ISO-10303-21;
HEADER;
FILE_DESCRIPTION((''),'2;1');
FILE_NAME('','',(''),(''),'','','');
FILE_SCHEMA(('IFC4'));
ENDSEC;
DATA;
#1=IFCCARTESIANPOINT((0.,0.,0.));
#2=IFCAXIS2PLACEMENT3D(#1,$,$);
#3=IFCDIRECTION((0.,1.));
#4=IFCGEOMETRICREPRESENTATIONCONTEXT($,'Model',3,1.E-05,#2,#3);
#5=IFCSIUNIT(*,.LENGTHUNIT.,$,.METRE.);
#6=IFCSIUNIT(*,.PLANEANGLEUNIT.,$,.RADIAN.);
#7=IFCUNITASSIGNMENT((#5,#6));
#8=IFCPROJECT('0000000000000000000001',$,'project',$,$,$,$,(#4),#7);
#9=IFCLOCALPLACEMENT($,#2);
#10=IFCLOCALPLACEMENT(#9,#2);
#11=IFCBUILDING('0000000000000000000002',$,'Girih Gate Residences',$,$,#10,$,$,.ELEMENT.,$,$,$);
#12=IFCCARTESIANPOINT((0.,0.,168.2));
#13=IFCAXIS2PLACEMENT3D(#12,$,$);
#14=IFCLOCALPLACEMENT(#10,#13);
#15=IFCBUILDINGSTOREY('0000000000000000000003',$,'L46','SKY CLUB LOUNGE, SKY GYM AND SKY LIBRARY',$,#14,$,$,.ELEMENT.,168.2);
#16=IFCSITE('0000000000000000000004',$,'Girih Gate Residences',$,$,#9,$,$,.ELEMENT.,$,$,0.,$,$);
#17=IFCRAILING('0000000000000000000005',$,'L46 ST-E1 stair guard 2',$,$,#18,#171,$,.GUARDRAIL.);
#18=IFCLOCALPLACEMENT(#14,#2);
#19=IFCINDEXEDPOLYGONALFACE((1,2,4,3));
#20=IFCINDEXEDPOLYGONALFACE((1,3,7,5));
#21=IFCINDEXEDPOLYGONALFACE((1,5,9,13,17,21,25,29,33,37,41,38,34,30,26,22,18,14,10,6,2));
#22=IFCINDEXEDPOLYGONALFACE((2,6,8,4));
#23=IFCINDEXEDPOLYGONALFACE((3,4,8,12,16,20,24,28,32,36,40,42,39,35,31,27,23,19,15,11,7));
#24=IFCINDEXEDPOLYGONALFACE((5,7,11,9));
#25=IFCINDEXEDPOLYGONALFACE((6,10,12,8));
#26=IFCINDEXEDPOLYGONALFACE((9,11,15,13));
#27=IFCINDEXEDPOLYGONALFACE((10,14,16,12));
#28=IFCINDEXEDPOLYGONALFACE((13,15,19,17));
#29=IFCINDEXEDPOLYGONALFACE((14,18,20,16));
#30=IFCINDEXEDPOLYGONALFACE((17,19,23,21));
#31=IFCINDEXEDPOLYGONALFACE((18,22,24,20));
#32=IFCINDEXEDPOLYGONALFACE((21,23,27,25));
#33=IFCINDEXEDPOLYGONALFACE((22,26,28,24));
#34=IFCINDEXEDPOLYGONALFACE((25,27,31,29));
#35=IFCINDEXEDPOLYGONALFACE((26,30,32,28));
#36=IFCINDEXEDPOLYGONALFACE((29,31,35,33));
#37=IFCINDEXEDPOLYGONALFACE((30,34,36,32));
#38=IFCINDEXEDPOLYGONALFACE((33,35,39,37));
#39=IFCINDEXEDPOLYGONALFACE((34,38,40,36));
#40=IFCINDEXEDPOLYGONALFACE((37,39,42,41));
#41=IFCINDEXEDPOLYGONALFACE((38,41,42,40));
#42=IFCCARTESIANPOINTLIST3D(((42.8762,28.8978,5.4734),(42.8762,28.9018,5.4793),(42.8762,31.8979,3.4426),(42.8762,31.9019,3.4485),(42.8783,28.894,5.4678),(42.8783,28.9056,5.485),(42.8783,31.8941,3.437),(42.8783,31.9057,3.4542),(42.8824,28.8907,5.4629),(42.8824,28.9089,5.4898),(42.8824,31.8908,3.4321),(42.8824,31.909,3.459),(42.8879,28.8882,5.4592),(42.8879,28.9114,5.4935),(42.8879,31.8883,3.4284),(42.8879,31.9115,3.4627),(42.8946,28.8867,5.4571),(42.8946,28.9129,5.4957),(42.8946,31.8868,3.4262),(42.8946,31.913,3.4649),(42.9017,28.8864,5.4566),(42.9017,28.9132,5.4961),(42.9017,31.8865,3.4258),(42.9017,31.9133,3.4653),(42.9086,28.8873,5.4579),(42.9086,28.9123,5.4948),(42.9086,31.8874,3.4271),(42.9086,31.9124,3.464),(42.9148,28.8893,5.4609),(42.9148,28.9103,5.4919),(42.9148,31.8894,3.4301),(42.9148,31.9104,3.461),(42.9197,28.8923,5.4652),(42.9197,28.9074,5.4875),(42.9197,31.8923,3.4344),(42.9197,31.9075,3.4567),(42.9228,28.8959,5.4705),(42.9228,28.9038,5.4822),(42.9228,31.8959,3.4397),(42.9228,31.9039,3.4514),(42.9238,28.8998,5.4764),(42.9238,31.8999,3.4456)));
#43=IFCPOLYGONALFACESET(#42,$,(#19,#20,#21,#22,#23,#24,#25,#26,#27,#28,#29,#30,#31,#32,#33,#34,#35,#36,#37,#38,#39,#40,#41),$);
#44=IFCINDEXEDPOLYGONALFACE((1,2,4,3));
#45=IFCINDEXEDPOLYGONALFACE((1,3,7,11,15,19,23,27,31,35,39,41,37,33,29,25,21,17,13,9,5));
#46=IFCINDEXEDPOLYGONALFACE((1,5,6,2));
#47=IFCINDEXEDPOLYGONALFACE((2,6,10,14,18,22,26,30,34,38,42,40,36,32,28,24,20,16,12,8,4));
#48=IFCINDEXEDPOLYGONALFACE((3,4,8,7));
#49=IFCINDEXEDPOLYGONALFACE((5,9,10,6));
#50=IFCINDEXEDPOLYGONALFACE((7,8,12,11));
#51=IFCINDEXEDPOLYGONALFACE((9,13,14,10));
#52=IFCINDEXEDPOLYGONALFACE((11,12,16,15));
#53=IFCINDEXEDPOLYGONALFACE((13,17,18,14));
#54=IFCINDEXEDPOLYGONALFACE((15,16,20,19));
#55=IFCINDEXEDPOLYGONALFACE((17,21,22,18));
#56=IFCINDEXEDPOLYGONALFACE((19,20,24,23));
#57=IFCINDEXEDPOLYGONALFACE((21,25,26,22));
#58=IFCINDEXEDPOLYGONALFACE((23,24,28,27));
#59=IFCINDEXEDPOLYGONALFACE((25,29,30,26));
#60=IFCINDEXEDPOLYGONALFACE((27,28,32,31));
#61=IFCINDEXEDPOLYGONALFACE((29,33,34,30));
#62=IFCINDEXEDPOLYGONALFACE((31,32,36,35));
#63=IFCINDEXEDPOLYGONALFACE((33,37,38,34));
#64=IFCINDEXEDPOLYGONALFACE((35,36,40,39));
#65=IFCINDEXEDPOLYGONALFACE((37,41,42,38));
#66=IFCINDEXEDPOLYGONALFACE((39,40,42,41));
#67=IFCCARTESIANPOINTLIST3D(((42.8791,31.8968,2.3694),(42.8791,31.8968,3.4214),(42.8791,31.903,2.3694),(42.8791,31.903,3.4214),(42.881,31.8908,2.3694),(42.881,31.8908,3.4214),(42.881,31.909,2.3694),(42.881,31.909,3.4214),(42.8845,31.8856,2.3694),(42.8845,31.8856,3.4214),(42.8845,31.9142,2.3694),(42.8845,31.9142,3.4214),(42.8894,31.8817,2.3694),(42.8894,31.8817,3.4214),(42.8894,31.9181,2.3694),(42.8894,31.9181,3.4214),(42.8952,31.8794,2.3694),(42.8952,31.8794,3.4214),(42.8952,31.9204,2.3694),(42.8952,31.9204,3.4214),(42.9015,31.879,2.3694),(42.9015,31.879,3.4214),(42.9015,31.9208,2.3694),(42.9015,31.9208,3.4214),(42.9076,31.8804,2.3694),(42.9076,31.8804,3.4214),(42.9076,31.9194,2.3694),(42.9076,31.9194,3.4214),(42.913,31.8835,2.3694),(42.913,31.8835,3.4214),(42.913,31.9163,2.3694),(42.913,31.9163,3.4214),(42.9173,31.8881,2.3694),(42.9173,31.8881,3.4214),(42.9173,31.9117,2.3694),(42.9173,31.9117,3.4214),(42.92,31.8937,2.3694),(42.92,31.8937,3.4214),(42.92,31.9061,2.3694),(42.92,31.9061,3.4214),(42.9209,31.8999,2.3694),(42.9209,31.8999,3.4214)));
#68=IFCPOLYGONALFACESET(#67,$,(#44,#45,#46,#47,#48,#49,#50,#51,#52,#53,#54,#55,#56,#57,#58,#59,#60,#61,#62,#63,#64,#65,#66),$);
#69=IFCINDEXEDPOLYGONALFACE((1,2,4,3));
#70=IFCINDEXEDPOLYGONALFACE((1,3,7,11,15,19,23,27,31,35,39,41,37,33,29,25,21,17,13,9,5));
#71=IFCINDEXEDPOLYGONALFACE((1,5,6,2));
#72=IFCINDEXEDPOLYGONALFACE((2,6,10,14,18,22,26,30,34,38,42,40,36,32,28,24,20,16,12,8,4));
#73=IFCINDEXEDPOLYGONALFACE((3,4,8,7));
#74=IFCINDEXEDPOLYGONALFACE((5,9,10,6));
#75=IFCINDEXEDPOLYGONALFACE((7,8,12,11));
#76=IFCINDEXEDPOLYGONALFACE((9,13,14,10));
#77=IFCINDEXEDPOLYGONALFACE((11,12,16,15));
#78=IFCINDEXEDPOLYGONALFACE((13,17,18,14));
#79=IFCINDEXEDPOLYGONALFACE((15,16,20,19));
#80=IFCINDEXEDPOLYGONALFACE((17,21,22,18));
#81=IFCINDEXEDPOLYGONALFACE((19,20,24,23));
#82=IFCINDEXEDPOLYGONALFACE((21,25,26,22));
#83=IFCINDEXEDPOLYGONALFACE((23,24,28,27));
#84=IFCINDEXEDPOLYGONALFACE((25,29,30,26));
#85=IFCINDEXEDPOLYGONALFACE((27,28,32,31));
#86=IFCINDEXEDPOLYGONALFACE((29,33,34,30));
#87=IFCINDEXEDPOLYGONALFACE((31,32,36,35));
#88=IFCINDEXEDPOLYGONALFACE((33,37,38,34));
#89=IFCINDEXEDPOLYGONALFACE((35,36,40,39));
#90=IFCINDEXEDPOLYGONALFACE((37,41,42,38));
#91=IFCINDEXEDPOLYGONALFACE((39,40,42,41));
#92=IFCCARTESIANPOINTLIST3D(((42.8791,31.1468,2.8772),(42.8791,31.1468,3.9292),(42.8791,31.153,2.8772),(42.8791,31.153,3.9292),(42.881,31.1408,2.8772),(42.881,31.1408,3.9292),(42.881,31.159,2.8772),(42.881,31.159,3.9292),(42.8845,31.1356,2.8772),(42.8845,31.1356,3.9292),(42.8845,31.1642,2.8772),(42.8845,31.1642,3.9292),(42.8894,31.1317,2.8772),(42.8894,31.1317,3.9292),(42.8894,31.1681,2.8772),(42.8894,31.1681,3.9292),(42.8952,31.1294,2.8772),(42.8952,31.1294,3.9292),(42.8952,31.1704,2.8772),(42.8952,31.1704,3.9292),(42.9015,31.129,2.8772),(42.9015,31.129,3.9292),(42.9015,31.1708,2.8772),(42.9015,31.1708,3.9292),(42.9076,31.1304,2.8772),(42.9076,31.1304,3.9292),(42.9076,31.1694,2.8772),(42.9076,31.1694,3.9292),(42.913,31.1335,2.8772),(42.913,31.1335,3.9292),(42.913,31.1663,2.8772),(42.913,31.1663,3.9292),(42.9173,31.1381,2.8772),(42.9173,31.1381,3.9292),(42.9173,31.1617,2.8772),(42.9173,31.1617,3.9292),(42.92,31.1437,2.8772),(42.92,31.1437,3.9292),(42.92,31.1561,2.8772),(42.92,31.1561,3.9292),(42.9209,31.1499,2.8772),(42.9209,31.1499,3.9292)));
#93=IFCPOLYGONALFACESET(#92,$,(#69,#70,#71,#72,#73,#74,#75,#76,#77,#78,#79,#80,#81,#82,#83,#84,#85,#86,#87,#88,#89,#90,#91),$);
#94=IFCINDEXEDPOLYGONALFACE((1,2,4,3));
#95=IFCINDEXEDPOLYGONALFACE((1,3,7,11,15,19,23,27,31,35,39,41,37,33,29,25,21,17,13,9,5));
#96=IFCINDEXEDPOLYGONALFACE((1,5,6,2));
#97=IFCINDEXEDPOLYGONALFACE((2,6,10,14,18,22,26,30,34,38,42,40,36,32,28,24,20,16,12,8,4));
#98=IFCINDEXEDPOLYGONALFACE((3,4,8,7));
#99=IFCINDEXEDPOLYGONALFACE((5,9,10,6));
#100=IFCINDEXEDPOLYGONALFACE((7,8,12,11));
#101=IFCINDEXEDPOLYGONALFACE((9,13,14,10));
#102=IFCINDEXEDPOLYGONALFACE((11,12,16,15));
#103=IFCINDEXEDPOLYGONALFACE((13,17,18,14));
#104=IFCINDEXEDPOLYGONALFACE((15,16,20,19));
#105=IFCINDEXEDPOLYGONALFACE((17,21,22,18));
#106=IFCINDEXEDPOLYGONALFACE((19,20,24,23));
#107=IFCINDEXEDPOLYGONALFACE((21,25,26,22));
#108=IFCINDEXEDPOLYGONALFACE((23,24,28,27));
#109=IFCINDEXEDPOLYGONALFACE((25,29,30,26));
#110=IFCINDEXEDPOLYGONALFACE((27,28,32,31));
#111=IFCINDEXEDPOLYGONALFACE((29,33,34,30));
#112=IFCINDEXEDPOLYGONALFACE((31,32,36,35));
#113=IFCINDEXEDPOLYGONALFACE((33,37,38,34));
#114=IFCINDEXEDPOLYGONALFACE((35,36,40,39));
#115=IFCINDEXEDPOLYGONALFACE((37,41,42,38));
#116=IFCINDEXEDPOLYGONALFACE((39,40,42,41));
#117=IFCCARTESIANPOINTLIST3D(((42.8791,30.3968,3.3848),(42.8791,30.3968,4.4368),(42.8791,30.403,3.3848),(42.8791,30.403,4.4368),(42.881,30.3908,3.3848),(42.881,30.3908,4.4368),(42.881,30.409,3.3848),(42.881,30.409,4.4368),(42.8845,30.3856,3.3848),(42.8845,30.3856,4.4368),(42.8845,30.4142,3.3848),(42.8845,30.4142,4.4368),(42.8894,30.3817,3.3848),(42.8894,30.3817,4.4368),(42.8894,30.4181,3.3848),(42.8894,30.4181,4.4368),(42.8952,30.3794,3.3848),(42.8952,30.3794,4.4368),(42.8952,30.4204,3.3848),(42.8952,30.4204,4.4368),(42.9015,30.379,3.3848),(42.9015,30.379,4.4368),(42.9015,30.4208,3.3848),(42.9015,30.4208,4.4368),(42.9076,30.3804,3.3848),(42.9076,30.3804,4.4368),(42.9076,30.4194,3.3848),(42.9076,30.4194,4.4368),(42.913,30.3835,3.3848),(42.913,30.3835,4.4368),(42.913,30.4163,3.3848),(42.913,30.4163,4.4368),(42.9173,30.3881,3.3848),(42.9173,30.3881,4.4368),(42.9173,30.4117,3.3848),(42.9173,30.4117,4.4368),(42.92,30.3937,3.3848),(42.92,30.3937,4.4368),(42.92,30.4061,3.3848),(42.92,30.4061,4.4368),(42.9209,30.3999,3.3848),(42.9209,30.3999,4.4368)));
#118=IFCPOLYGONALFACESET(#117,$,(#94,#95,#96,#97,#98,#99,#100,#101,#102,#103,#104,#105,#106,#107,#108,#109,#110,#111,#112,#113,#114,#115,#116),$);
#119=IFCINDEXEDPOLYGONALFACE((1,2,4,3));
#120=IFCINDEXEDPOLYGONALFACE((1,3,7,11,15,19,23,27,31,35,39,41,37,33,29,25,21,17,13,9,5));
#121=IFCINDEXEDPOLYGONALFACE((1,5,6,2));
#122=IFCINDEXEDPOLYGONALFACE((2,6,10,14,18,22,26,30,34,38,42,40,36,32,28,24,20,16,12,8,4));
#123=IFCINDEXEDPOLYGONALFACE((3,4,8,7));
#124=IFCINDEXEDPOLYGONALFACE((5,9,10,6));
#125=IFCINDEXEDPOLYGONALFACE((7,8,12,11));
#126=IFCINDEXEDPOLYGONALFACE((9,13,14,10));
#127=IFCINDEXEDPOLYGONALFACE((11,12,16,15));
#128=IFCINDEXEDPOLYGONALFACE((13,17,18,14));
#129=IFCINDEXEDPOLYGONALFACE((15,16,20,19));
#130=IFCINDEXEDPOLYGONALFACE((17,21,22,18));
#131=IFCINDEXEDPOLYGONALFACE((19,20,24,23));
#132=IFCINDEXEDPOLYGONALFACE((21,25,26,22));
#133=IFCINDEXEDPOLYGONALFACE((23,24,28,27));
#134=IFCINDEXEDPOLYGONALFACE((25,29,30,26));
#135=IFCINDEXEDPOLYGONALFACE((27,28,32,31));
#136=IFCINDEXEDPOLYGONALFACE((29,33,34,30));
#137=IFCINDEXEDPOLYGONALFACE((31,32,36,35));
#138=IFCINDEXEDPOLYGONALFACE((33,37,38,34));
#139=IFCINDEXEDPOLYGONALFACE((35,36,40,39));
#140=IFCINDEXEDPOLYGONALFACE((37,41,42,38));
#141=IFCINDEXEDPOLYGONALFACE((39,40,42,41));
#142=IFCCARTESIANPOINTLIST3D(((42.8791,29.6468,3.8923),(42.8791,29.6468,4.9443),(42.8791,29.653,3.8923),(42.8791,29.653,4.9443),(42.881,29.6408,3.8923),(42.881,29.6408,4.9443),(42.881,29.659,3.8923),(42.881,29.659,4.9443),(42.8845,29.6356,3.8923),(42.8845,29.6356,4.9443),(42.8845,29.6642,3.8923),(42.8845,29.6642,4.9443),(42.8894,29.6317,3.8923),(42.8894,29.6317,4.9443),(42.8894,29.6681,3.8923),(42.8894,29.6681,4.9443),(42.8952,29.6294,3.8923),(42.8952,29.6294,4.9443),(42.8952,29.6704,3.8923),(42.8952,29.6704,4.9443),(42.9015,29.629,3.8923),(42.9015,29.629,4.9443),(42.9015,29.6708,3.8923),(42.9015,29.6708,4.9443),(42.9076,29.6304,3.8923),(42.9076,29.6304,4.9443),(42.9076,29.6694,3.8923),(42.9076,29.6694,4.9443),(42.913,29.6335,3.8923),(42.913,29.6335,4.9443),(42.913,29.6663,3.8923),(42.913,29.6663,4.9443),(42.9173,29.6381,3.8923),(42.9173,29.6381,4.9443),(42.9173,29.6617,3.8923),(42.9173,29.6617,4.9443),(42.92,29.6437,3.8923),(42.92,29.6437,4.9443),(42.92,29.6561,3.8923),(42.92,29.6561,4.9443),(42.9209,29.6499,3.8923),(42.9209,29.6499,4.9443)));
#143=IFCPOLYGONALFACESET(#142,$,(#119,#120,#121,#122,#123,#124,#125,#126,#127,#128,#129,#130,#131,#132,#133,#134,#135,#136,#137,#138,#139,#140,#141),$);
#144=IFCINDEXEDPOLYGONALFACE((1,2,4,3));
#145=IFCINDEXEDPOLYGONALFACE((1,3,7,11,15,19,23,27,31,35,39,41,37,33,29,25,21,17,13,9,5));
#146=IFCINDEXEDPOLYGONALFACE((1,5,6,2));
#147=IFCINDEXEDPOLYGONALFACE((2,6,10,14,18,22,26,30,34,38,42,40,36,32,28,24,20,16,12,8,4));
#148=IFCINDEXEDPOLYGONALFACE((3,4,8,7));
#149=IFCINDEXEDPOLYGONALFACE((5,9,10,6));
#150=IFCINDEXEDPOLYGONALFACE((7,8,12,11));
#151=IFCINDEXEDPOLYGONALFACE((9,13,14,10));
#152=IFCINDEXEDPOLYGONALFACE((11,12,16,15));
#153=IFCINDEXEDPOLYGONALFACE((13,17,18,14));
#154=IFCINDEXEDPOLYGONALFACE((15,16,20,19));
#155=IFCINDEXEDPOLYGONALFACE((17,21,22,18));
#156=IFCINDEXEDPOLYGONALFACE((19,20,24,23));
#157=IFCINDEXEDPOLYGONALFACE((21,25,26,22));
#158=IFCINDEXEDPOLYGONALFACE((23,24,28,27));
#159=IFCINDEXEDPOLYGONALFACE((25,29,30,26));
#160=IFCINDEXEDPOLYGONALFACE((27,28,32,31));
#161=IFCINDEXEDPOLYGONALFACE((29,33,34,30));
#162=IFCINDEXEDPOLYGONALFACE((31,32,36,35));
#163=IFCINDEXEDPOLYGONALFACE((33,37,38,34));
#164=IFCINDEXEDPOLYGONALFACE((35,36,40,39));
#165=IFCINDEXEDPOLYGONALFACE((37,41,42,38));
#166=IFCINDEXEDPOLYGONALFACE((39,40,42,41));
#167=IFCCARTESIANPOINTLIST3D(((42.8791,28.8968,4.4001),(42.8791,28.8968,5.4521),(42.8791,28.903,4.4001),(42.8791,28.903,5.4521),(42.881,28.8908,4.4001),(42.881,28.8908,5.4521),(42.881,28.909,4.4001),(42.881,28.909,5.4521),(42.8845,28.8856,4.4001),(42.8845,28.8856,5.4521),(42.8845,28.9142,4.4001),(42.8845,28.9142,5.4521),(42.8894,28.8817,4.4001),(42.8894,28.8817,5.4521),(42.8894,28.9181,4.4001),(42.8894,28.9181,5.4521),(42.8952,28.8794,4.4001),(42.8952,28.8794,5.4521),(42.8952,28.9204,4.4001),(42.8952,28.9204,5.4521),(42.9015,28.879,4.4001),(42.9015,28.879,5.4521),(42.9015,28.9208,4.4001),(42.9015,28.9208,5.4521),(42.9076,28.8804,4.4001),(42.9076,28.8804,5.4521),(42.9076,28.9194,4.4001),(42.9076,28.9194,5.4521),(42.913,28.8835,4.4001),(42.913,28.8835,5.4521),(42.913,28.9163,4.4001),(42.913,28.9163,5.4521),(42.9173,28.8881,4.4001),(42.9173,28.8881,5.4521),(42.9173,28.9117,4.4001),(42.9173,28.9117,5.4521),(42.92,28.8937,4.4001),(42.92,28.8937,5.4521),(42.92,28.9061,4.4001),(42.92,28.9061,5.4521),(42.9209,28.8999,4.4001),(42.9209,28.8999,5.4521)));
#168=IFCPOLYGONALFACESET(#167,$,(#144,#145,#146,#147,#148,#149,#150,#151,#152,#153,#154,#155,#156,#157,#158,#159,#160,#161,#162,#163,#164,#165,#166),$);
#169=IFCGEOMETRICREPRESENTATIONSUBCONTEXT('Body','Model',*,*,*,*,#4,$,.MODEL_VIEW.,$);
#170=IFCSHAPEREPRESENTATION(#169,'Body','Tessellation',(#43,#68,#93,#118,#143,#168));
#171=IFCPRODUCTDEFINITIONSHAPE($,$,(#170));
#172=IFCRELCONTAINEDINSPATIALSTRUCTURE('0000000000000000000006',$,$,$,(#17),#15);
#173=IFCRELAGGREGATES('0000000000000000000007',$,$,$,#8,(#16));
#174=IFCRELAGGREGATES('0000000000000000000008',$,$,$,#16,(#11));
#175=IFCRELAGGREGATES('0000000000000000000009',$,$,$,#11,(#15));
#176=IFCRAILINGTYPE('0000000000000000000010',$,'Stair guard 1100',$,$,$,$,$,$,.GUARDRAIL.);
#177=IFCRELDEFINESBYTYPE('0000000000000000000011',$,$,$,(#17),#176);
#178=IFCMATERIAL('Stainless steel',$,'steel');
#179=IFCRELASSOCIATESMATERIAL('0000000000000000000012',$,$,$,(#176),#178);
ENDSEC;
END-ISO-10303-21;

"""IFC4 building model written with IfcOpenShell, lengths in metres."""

from ifc_helpers import new_model, si_unit, direction, frame, origin, origin_2d, place, context, subcontext, project, spatial, circle, extrude, material, type_object, element, save


model = new_model("IFC4")

# Units and contexts
model_context = context("Model", 3, precision=1e-05, world=origin(), true_north=direction((0.0, 1.0)))
body_context = subcontext(model_context, "Body", "Model", "MODEL_VIEW")
ifc_project = project(units=[si_unit("LENGTHUNIT", "METRE"), si_unit("PLANEANGLEUNIT", "RADIAN")], contexts=[model_context])

# Site, building, storey
site_placement = place(None, origin())
site = spatial("IfcSite", under=ifc_project, at=site_placement, Name="Girih Gate Residences", CompositionType="ELEMENT", RefElevation=0.0)
building_placement = place(site_placement, origin())
building = spatial("IfcBuilding", under=site, at=building_placement, Name="Girih Gate Residences", CompositionType="ELEMENT")
storey_placement = place(building_placement, frame((0.0, 0.0, 168.2)))
storey = spatial("IfcBuildingStorey", under=building, at=storey_placement, Name="L46", Description="SKY CLUB LOUNGE, SKY GYM AND SKY LIBRARY", CompositionType="ELEMENT", Elevation=168.2)

# Railing
ifc_material_1 = material(Name="Stainless steel", Category="steel")
railing_type_1 = type_object("IfcRailingType", Name="Stair guard 1100", PredefinedType="GUARDRAIL", material=ifc_material_1)
railing_1_placement = place(storey_placement, frame((42.8999, 31.8999, 2.3694)))
element("IfcRailing", 1, at=railing_1_placement, inside=storey, type_object=railing_type_1, Name="L46 ST-E1 stair guard 2", PredefinedType="GUARDRAIL", context=body_context, shape_type="SweptSolid", body=[
    extrude(circle(Radius=0.0239, at=origin_2d()), frame((0.0, 0.0, 1.0762), z_axis=(0.0, -0.82811, 0.560565), x_axis=(1.0, 0.0, 0.0)), (0.0, 0.0, 1.0), 3.6228),
    extrude(circle(Radius=0.021, at=origin_2d()), origin(), (0.0, 0.0, 1.0), 1.052),
    extrude(circle(Radius=0.021, at=origin_2d()), frame((0.0, -0.75, 0.5078)), (0.0, 0.0, 1.0), 1.052),
    extrude(circle(Radius=0.021, at=origin_2d()), frame((0.0, -1.5, 1.0154)), (0.0, 0.0, 1.0), 1.052),
    extrude(circle(Radius=0.021, at=origin_2d()), frame((0.0, -2.25, 1.5229)), (0.0, 0.0, 1.0), 1.052),
    extrude(circle(Radius=0.021, at=origin_2d()), frame((0.0, -3.0, 2.0308)), (0.0, 0.0, 1.0), 1.052),
])

save(model, "model.ifc")
